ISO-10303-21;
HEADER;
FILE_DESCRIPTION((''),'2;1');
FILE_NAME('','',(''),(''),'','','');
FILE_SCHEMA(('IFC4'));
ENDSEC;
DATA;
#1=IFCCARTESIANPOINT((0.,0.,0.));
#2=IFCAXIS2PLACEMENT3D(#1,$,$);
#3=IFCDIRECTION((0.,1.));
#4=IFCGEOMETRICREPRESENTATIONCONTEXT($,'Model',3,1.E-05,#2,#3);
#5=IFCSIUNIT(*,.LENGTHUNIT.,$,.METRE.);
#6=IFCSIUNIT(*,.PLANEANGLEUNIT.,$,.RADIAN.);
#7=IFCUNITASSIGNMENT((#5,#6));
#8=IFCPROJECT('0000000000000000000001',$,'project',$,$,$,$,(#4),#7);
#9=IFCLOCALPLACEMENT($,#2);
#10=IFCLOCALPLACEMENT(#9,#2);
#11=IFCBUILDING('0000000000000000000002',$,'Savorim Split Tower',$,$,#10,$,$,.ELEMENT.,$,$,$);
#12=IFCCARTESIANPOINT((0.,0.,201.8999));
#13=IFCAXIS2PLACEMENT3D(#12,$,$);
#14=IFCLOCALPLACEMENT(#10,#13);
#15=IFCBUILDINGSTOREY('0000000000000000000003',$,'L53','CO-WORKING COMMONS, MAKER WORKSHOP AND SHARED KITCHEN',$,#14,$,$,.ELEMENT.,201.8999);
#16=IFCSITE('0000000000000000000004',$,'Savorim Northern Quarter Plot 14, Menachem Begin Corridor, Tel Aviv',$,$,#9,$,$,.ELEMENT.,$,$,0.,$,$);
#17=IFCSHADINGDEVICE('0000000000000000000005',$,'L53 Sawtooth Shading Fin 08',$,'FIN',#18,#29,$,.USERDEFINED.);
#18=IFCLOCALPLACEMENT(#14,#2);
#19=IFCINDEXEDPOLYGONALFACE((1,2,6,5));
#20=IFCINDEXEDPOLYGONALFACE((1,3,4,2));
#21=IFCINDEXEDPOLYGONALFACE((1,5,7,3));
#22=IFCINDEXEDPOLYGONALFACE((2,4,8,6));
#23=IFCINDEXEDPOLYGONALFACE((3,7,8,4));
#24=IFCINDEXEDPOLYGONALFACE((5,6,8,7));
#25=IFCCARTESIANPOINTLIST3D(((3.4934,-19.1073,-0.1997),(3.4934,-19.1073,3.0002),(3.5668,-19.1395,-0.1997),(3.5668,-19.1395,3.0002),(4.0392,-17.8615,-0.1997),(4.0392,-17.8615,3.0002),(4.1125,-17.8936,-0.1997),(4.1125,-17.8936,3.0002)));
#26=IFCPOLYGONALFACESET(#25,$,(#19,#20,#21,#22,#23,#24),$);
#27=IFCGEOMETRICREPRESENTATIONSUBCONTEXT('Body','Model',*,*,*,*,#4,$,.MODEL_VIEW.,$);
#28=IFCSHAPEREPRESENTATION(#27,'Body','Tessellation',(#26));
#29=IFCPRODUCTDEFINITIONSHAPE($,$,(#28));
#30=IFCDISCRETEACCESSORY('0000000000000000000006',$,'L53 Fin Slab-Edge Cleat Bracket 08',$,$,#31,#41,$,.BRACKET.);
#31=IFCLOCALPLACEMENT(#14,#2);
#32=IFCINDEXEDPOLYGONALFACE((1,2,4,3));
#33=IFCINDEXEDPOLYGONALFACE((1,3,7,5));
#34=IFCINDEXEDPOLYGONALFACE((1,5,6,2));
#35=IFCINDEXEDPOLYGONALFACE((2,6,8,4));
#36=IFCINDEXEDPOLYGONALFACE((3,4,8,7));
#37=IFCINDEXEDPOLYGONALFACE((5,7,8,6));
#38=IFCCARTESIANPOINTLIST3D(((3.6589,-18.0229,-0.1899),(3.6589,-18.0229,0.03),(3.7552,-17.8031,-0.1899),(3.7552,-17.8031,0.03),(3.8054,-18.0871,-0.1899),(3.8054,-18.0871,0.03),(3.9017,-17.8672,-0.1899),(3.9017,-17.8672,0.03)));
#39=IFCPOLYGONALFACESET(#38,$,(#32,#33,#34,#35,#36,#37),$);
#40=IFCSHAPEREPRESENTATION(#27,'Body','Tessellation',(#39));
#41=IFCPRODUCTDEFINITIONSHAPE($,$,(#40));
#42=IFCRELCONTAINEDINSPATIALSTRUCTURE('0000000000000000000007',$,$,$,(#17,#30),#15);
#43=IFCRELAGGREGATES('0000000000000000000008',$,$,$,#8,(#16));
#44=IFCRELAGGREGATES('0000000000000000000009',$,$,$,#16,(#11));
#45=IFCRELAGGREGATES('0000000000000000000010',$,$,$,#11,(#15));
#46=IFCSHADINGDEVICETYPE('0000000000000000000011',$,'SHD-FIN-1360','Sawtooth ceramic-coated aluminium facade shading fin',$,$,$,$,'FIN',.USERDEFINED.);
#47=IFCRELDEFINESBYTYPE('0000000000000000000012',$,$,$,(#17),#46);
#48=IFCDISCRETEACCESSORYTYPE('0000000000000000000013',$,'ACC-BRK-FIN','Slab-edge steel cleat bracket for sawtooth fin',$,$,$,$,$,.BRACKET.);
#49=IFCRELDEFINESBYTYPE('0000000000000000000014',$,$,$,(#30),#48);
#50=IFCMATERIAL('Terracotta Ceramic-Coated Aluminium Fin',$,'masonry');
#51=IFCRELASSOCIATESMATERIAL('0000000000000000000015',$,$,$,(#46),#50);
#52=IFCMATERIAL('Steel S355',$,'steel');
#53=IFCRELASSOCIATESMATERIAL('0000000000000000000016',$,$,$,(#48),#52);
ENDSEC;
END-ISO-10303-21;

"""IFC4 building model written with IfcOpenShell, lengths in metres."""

from ifc_helpers import new_model, si_unit, direction, frame, origin, origin_2d, place, context, subcontext, project, spatial, rectangle, extrude, material, type_object, element, save


model = new_model("IFC4")

# Units and contexts
model_context = context("Model", 3, precision=1e-05, world=origin(), true_north=direction((0.0, 1.0)))
body_context = subcontext(model_context, "Body", "Model", "MODEL_VIEW")
ifc_project = project(units=[si_unit("LENGTHUNIT", "METRE"), si_unit("PLANEANGLEUNIT", "RADIAN")], contexts=[model_context])

# Site, building, storey
site_placement = place(None, origin())
site = spatial("IfcSite", under=ifc_project, at=site_placement, Name="Savorim Northern Quarter Plot 14, Menachem Begin Corridor, Tel Aviv", CompositionType="ELEMENT", RefElevation=0.0)
building_placement = place(site_placement, origin())
building = spatial("IfcBuilding", under=site, at=building_placement, Name="Savorim Split Tower", CompositionType="ELEMENT")
storey_placement = place(building_placement, frame((0.0, 0.0, 201.8999)))
storey = spatial("IfcBuildingStorey", under=building, at=storey_placement, Name="L53", Description="CO-WORKING COMMONS, MAKER WORKSHOP AND SHARED KITCHEN", CompositionType="ELEMENT", Elevation=201.8999)

# Shared definitions
ifc_material_1 = material(Name="Steel S355", Category="steel")

# Shading device
ifc_material_2 = material(Name="Terracotta Ceramic-Coated Aluminium Fin", Category="masonry")
shading_device_type = type_object("IfcShadingDeviceType", Name="SHD-FIN-1360", Description="Sawtooth ceramic-coated aluminium facade shading fin", ElementType="FIN", PredefinedType="USERDEFINED", material=ifc_material_2)
shading_device_placement = place(storey_placement, frame((3.803, -18.5005, -0.1997), z_axis=(0.0, 0.0, 1.0), x_axis=(-0.40123, -0.915977, 0.0)))
element("IfcShadingDevice", 1, at=shading_device_placement, inside=storey, type_object=shading_device_type, Name="L53 Sawtooth Shading Fin 08", ObjectType="FIN", PredefinedType="USERDEFINED", context=body_context, shape_type="SweptSolid", body=[
    extrude(rectangle(XDim=1.3601, YDim=0.0801, at=origin_2d()), origin(), (0.0, 0.0, 1.0), 3.2),
])

# Discrete accessory
discrete_accessory_type = type_object("IfcDiscreteAccessoryType", Name="ACC-BRK-FIN", Description="Slab-edge steel cleat bracket for sawtooth fin", PredefinedType="BRACKET", material=ifc_material_1)
discrete_accessory_placement = place(storey_placement, frame((3.7803, -17.9451, -0.1899), z_axis=(0.0, 0.0, 1.0), x_axis=(-0.40123, -0.915977, 0.0)))
element("IfcDiscreteAccessory", 2, at=discrete_accessory_placement, inside=storey, type_object=discrete_accessory_type, Name="L53 Fin Slab-Edge Cleat Bracket 08", PredefinedType="BRACKET", context=body_context, shape_type="SweptSolid", body=[
    extrude(rectangle(XDim=0.24, YDim=0.1599, at=origin_2d()), origin(), (0.0, 0.0, 1.0), 0.22),
])

save(model, "model.ifc")
